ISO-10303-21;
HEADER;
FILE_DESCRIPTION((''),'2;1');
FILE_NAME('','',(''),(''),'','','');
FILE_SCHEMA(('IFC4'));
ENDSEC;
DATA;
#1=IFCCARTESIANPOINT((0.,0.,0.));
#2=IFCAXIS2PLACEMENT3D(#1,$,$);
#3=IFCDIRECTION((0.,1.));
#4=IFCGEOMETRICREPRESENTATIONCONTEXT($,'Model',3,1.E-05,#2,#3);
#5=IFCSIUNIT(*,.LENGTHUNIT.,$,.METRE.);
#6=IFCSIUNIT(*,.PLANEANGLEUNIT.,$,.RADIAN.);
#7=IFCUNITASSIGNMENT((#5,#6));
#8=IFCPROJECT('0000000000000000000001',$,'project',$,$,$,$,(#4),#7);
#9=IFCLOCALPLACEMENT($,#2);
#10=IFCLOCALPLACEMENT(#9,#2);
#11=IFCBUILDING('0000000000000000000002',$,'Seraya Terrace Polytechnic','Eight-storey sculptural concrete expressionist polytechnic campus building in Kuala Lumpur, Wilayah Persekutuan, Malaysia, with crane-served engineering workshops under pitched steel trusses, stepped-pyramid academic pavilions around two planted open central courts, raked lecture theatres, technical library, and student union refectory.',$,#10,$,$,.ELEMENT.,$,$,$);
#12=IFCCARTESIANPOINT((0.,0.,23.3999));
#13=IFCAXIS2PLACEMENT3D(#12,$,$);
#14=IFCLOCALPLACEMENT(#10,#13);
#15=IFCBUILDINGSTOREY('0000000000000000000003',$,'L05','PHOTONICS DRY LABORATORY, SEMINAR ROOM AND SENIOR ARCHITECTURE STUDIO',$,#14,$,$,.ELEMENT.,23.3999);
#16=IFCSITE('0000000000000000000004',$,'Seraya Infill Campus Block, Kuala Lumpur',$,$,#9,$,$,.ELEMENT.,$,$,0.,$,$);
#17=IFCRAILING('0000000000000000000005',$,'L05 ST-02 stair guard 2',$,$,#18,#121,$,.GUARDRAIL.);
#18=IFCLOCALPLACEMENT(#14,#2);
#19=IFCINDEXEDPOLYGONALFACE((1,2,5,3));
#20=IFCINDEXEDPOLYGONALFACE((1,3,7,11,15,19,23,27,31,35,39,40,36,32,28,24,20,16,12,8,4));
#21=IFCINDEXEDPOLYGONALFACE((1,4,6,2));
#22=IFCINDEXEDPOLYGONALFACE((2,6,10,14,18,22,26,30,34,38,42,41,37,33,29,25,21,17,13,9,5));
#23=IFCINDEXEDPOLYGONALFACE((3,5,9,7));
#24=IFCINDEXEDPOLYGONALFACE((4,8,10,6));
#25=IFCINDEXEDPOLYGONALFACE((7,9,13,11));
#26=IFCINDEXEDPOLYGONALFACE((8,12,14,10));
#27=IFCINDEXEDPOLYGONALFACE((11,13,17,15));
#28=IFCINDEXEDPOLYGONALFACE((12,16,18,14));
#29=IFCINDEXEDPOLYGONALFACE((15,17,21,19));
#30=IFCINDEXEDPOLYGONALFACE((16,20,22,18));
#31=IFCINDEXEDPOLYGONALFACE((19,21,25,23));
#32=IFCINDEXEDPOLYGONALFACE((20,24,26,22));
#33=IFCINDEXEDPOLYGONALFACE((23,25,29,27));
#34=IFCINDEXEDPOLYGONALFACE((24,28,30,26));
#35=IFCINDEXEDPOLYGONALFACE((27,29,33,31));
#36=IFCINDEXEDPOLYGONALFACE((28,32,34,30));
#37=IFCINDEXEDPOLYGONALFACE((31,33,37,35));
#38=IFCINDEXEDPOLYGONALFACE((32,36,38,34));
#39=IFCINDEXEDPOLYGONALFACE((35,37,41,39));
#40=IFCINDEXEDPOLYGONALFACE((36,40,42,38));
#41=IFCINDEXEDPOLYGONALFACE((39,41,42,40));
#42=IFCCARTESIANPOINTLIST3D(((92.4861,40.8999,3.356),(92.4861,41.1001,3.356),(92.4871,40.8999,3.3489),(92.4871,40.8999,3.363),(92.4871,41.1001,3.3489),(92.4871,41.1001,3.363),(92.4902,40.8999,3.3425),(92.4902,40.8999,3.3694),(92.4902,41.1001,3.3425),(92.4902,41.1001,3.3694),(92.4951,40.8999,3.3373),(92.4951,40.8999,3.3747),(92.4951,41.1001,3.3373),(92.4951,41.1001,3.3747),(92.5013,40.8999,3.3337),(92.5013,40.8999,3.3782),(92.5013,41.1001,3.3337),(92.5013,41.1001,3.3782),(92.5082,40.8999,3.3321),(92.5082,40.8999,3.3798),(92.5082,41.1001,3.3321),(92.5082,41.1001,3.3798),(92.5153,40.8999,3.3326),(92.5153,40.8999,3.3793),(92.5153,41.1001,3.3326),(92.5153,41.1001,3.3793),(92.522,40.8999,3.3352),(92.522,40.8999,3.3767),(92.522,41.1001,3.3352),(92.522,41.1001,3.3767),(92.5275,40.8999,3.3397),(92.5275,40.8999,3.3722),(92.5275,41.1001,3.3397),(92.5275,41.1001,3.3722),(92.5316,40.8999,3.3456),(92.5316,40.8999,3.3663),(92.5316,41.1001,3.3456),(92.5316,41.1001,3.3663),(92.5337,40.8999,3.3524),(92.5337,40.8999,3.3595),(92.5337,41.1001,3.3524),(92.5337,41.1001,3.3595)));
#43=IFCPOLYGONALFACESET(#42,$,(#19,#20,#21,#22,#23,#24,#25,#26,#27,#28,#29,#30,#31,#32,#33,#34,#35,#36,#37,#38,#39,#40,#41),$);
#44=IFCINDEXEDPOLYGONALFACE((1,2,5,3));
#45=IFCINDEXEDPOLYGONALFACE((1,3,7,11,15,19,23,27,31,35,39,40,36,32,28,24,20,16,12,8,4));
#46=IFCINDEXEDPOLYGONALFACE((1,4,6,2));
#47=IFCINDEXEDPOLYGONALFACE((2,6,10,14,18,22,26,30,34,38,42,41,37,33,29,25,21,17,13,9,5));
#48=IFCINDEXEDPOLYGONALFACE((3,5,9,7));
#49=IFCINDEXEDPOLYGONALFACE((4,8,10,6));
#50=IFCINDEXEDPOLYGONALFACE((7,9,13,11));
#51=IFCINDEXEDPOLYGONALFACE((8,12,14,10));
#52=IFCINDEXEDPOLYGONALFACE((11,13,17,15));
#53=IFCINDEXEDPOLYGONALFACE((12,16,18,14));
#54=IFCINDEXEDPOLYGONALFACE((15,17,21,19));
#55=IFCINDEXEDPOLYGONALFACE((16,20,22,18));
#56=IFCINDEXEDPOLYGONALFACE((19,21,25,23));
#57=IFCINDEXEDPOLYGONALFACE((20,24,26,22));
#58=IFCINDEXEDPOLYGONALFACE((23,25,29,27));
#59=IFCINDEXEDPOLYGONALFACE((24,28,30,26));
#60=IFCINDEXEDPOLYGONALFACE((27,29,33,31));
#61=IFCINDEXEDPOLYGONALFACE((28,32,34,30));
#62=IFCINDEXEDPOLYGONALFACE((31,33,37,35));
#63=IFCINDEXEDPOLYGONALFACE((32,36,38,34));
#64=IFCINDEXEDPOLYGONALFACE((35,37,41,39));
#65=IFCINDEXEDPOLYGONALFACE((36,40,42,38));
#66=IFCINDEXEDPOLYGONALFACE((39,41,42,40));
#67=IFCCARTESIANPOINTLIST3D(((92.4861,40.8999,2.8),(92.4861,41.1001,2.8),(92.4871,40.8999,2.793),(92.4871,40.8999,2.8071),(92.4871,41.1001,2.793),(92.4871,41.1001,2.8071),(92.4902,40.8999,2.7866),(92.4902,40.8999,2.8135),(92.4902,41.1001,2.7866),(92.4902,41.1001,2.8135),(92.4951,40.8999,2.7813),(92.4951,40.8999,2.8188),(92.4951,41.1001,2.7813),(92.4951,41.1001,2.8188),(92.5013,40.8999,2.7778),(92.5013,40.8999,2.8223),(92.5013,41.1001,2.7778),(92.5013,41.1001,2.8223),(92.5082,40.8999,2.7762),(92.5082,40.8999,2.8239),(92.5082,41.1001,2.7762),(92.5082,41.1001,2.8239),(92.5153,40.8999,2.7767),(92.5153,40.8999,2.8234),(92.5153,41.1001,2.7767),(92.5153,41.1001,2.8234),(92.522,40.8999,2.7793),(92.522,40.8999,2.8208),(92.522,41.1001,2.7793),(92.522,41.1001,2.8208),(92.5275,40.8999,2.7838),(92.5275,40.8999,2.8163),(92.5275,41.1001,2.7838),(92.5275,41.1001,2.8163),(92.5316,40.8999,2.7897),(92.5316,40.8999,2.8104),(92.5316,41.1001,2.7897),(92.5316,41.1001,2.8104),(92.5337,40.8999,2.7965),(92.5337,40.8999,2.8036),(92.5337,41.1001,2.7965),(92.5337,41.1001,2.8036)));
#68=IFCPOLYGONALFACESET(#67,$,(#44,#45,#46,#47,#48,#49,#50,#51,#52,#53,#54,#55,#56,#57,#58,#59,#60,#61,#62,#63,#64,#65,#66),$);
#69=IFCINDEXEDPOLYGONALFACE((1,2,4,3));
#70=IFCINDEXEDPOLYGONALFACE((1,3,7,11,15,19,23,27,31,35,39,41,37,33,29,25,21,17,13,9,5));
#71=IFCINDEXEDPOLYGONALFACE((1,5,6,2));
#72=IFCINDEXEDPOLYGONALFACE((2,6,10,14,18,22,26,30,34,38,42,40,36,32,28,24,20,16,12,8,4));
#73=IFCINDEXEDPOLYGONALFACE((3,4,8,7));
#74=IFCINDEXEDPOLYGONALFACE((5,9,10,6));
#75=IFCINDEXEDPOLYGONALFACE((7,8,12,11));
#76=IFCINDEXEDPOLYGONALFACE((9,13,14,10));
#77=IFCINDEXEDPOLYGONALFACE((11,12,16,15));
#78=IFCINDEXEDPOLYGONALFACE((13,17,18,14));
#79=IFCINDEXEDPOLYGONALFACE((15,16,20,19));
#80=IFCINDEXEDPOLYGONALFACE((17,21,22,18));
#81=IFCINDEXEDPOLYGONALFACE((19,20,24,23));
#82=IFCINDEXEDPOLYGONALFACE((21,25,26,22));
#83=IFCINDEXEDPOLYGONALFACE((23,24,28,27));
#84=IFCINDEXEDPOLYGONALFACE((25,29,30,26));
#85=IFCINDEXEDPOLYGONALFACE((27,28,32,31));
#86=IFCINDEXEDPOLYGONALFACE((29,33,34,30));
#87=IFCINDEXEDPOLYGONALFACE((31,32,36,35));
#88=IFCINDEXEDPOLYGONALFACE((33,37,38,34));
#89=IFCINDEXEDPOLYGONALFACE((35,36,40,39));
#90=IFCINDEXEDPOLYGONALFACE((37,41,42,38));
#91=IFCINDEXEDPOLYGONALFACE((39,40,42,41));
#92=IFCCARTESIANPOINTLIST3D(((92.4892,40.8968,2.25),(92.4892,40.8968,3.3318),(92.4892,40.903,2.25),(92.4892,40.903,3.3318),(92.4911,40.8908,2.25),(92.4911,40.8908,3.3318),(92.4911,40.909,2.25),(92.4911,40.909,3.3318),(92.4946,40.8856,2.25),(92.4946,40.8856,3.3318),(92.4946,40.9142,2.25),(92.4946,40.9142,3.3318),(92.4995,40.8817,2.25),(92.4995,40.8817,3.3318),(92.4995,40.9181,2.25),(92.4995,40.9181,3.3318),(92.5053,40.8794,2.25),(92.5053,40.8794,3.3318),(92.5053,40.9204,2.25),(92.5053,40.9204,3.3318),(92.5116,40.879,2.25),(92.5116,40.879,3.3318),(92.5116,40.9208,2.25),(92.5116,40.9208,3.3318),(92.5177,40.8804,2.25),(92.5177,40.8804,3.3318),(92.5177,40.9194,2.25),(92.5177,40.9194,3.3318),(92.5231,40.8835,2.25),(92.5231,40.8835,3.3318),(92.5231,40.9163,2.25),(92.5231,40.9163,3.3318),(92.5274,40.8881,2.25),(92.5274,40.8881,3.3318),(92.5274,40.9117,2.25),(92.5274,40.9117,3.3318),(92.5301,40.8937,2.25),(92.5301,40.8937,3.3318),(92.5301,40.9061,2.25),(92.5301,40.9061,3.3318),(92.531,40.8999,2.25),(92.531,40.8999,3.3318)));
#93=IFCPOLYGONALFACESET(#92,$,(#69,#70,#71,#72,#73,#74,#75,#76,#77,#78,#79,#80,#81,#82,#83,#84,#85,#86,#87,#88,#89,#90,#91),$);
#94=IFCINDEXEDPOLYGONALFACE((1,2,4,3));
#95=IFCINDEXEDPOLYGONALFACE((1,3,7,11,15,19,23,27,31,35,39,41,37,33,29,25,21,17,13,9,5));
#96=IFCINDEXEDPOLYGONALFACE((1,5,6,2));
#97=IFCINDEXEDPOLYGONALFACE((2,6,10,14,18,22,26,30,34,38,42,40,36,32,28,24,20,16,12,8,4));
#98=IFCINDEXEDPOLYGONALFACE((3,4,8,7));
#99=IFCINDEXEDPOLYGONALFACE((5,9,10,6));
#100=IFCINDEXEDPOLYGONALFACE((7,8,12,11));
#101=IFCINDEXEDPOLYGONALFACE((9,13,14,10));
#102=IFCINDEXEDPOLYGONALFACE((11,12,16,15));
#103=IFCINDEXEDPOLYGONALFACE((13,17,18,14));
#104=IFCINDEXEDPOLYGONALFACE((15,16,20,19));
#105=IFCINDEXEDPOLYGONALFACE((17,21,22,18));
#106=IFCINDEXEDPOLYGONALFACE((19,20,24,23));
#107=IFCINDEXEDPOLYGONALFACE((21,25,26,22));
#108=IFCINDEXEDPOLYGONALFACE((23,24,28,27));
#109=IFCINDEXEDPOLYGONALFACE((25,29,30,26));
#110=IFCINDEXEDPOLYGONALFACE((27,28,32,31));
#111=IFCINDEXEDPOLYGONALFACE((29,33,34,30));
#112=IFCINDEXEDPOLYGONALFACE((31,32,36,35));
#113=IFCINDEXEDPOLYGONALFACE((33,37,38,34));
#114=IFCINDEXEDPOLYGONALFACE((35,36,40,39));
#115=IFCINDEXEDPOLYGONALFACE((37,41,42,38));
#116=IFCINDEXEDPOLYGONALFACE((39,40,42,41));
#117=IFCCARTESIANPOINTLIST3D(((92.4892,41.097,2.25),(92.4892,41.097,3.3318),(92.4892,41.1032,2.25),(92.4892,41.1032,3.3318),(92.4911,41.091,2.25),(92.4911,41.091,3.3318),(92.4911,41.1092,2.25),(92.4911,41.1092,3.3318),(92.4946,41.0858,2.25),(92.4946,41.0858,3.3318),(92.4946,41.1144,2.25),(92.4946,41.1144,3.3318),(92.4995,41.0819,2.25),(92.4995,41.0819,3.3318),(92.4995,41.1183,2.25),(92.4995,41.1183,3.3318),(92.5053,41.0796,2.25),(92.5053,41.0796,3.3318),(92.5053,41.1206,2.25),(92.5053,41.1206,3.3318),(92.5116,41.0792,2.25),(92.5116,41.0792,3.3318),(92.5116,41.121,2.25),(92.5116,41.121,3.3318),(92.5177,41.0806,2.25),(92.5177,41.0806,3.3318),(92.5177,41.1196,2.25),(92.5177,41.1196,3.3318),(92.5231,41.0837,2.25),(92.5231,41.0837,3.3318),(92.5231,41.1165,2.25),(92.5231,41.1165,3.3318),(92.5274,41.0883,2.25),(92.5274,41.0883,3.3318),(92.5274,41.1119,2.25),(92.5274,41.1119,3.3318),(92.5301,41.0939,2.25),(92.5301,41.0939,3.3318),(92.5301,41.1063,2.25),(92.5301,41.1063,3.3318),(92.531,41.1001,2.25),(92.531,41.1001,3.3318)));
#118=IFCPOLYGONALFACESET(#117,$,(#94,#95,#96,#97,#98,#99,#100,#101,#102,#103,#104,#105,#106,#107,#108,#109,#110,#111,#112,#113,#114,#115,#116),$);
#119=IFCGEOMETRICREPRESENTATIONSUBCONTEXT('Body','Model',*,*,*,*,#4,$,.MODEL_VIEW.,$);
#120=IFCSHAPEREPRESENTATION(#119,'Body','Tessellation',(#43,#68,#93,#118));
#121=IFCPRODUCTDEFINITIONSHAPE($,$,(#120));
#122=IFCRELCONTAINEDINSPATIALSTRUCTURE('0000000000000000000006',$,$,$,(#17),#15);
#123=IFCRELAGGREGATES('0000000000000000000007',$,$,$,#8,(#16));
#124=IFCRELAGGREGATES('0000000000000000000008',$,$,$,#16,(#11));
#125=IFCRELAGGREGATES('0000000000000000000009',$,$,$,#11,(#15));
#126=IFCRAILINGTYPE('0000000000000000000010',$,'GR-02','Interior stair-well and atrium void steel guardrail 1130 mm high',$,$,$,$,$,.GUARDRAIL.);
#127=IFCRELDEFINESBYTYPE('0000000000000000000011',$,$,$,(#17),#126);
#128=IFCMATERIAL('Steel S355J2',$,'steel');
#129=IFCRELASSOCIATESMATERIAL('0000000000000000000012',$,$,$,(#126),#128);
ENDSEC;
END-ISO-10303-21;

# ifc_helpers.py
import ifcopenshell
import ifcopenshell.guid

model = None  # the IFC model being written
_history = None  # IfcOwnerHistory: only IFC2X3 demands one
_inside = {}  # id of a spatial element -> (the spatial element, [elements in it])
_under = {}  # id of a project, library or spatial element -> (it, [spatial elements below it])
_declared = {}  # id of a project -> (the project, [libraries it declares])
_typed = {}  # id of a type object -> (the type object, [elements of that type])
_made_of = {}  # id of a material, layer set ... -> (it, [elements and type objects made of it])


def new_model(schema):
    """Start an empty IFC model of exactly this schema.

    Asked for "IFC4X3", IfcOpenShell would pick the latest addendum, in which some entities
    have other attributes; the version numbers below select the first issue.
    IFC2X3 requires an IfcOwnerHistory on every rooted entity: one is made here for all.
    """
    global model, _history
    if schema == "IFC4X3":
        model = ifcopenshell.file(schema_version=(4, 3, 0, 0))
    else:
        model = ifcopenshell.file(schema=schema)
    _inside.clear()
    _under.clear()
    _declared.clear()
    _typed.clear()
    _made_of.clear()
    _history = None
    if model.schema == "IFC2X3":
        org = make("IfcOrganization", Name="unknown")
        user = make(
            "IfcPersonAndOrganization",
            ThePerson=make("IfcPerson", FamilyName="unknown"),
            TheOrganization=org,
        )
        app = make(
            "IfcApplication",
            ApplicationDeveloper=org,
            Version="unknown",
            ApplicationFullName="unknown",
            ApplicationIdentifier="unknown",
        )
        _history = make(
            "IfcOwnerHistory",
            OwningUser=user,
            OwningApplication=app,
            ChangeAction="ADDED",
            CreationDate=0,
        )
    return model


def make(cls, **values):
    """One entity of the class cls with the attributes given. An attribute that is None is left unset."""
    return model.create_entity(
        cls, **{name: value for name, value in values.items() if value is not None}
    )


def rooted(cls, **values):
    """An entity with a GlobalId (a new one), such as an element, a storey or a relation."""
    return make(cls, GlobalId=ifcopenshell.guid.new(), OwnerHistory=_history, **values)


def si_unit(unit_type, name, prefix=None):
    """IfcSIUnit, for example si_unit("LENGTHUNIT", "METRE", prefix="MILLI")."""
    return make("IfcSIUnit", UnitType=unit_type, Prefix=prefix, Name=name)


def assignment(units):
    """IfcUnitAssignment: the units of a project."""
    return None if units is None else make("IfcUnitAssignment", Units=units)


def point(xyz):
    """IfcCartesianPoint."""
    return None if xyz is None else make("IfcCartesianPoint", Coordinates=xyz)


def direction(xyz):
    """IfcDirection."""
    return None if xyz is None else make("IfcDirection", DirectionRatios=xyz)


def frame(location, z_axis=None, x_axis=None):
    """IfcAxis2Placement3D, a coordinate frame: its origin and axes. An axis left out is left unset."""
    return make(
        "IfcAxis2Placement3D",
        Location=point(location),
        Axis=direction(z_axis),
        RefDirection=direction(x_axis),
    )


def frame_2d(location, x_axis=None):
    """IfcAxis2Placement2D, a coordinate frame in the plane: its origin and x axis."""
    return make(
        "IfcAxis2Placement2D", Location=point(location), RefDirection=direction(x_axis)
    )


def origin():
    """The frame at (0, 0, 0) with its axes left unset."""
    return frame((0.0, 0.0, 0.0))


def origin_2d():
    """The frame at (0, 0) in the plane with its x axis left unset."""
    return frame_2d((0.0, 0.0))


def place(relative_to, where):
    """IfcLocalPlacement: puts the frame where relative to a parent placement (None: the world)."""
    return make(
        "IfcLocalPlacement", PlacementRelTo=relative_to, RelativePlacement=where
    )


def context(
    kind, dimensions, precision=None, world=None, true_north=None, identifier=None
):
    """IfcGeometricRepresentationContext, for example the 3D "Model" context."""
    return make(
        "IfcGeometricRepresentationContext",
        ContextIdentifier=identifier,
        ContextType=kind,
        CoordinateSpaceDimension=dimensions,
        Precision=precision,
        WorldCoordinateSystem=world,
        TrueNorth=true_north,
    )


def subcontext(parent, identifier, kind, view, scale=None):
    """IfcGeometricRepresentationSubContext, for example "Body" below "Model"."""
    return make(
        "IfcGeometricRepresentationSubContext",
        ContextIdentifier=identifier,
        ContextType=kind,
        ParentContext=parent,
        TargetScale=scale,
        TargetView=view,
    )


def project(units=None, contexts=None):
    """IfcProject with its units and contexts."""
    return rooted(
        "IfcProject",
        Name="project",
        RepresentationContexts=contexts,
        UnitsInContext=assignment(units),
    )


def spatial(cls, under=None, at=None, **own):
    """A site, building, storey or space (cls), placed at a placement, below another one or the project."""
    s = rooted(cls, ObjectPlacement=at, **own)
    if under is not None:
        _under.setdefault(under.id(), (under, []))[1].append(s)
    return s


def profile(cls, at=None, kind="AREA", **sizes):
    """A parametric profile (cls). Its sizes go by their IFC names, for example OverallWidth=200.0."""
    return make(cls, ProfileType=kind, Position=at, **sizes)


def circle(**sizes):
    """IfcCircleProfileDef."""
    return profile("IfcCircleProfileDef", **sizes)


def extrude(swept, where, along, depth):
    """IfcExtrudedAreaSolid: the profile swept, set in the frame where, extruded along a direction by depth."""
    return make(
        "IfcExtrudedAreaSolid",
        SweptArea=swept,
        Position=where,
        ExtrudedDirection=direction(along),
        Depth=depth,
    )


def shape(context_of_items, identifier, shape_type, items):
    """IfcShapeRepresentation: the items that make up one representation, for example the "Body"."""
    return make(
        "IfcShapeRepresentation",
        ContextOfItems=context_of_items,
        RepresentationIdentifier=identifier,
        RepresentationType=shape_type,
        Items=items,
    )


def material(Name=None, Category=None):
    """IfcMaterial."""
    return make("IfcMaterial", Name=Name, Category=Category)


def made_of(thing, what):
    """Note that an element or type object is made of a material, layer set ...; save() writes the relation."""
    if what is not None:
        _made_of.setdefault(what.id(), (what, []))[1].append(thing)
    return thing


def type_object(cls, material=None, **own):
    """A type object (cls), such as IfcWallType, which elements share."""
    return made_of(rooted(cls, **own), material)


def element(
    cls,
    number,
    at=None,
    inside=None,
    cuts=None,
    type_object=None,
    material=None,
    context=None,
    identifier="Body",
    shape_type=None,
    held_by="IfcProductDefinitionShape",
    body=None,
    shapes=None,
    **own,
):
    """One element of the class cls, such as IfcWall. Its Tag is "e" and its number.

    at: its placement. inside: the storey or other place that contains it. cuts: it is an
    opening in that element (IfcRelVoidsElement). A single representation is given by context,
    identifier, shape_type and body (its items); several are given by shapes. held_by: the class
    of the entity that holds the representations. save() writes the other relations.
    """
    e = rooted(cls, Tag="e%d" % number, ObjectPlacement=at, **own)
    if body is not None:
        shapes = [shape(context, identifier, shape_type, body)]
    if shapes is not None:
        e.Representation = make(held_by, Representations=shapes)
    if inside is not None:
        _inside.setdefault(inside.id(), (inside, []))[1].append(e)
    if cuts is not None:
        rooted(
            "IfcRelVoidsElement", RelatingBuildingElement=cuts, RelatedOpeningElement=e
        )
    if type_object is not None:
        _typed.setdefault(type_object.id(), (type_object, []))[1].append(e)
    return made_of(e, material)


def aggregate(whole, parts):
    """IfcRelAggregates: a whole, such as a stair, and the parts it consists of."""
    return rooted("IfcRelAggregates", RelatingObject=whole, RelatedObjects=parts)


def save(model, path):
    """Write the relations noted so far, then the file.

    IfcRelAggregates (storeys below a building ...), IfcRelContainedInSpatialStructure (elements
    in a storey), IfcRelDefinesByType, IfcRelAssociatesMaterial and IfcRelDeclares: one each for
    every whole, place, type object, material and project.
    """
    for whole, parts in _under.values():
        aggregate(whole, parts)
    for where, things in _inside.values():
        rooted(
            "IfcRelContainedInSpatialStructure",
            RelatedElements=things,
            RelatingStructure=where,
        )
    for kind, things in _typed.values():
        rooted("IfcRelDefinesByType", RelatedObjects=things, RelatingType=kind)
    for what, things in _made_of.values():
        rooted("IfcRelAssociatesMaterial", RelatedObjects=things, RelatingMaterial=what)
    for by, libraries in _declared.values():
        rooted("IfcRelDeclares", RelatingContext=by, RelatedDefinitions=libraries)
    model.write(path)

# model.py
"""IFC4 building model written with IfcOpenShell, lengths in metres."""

from ifc_helpers import new_model, si_unit, direction, frame, origin, origin_2d, place, context, subcontext, project, spatial, circle, extrude, material, type_object, element, save


model = new_model("IFC4")

# Units and contexts
model_context = context("Model", 3, precision=1e-05, world=origin(), true_north=direction((0.0, 1.0)))
body_context = subcontext(model_context, "Body", "Model", "MODEL_VIEW")
ifc_project = project(units=[si_unit("LENGTHUNIT", "METRE"), si_unit("PLANEANGLEUNIT", "RADIAN")], contexts=[model_context])

# Site, building, storey
site_placement = place(None, origin())
site = spatial("IfcSite", under=ifc_project, at=site_placement, Name="Seraya Infill Campus Block, Kuala Lumpur", CompositionType="ELEMENT", RefElevation=0.0)
building_placement = place(site_placement, origin())
building = spatial("IfcBuilding", under=site, at=building_placement, Name="Seraya Terrace Polytechnic", Description="Eight-storey sculptural concrete expressionist polytechnic campus building in Kuala Lumpur, Wilayah Persekutuan, Malaysia, with crane-served engineering workshops under pitched steel trusses, stepped-pyramid academic pavilions around two planted open central courts, raked lecture theatres, technical library, and student union refectory.", CompositionType="ELEMENT")
storey_placement = place(building_placement, frame((0.0, 0.0, 23.3999)))
storey = spatial("IfcBuildingStorey", under=building, at=storey_placement, Name="L05", Description="PHOTONICS DRY LABORATORY, SEMINAR ROOM AND SENIOR ARCHITECTURE STUDIO", CompositionType="ELEMENT", Elevation=23.3999)

# Railing
ifc_material_1 = material(Name="Steel S355J2", Category="steel")
railing_type_1 = type_object("IfcRailingType", Name="GR-02", Description="Interior stair-well and atrium void steel guardrail 1130 mm high", PredefinedType="GUARDRAIL", material=ifc_material_1)
railing_1_placement = place(storey_placement, frame((92.51, 40.8999, 2.25)))
element("IfcRailing", 1, at=railing_1_placement, inside=storey, type_object=railing_type_1, Name="L05 ST-02 stair guard 2", PredefinedType="GUARDRAIL", context=body_context, shape_type="SweptSolid", body=[
    extrude(circle(Radius=0.0239, at=origin_2d()), frame((0.0, 0.0, 1.106), z_axis=(0.0, 1.0, 0.0), x_axis=(-1.0, 0.0, 0.0)), (0.0, 0.0, 1.0), 0.2002),
    extrude(circle(Radius=0.0239, at=origin_2d()), frame((0.0, 0.0, 0.55), z_axis=(0.0, 1.0, 0.0), x_axis=(-1.0, 0.0, 0.0)), (0.0, 0.0, 1.0), 0.2002),
    extrude(circle(Radius=0.021, at=origin_2d()), origin(), (0.0, 0.0, 1.0), 1.0818),
    extrude(circle(Radius=0.021, at=origin_2d()), frame((0.0, 0.2002, 0.0)), (0.0, 0.0, 1.0), 1.0818),
])

save(model, "model.ifc")
